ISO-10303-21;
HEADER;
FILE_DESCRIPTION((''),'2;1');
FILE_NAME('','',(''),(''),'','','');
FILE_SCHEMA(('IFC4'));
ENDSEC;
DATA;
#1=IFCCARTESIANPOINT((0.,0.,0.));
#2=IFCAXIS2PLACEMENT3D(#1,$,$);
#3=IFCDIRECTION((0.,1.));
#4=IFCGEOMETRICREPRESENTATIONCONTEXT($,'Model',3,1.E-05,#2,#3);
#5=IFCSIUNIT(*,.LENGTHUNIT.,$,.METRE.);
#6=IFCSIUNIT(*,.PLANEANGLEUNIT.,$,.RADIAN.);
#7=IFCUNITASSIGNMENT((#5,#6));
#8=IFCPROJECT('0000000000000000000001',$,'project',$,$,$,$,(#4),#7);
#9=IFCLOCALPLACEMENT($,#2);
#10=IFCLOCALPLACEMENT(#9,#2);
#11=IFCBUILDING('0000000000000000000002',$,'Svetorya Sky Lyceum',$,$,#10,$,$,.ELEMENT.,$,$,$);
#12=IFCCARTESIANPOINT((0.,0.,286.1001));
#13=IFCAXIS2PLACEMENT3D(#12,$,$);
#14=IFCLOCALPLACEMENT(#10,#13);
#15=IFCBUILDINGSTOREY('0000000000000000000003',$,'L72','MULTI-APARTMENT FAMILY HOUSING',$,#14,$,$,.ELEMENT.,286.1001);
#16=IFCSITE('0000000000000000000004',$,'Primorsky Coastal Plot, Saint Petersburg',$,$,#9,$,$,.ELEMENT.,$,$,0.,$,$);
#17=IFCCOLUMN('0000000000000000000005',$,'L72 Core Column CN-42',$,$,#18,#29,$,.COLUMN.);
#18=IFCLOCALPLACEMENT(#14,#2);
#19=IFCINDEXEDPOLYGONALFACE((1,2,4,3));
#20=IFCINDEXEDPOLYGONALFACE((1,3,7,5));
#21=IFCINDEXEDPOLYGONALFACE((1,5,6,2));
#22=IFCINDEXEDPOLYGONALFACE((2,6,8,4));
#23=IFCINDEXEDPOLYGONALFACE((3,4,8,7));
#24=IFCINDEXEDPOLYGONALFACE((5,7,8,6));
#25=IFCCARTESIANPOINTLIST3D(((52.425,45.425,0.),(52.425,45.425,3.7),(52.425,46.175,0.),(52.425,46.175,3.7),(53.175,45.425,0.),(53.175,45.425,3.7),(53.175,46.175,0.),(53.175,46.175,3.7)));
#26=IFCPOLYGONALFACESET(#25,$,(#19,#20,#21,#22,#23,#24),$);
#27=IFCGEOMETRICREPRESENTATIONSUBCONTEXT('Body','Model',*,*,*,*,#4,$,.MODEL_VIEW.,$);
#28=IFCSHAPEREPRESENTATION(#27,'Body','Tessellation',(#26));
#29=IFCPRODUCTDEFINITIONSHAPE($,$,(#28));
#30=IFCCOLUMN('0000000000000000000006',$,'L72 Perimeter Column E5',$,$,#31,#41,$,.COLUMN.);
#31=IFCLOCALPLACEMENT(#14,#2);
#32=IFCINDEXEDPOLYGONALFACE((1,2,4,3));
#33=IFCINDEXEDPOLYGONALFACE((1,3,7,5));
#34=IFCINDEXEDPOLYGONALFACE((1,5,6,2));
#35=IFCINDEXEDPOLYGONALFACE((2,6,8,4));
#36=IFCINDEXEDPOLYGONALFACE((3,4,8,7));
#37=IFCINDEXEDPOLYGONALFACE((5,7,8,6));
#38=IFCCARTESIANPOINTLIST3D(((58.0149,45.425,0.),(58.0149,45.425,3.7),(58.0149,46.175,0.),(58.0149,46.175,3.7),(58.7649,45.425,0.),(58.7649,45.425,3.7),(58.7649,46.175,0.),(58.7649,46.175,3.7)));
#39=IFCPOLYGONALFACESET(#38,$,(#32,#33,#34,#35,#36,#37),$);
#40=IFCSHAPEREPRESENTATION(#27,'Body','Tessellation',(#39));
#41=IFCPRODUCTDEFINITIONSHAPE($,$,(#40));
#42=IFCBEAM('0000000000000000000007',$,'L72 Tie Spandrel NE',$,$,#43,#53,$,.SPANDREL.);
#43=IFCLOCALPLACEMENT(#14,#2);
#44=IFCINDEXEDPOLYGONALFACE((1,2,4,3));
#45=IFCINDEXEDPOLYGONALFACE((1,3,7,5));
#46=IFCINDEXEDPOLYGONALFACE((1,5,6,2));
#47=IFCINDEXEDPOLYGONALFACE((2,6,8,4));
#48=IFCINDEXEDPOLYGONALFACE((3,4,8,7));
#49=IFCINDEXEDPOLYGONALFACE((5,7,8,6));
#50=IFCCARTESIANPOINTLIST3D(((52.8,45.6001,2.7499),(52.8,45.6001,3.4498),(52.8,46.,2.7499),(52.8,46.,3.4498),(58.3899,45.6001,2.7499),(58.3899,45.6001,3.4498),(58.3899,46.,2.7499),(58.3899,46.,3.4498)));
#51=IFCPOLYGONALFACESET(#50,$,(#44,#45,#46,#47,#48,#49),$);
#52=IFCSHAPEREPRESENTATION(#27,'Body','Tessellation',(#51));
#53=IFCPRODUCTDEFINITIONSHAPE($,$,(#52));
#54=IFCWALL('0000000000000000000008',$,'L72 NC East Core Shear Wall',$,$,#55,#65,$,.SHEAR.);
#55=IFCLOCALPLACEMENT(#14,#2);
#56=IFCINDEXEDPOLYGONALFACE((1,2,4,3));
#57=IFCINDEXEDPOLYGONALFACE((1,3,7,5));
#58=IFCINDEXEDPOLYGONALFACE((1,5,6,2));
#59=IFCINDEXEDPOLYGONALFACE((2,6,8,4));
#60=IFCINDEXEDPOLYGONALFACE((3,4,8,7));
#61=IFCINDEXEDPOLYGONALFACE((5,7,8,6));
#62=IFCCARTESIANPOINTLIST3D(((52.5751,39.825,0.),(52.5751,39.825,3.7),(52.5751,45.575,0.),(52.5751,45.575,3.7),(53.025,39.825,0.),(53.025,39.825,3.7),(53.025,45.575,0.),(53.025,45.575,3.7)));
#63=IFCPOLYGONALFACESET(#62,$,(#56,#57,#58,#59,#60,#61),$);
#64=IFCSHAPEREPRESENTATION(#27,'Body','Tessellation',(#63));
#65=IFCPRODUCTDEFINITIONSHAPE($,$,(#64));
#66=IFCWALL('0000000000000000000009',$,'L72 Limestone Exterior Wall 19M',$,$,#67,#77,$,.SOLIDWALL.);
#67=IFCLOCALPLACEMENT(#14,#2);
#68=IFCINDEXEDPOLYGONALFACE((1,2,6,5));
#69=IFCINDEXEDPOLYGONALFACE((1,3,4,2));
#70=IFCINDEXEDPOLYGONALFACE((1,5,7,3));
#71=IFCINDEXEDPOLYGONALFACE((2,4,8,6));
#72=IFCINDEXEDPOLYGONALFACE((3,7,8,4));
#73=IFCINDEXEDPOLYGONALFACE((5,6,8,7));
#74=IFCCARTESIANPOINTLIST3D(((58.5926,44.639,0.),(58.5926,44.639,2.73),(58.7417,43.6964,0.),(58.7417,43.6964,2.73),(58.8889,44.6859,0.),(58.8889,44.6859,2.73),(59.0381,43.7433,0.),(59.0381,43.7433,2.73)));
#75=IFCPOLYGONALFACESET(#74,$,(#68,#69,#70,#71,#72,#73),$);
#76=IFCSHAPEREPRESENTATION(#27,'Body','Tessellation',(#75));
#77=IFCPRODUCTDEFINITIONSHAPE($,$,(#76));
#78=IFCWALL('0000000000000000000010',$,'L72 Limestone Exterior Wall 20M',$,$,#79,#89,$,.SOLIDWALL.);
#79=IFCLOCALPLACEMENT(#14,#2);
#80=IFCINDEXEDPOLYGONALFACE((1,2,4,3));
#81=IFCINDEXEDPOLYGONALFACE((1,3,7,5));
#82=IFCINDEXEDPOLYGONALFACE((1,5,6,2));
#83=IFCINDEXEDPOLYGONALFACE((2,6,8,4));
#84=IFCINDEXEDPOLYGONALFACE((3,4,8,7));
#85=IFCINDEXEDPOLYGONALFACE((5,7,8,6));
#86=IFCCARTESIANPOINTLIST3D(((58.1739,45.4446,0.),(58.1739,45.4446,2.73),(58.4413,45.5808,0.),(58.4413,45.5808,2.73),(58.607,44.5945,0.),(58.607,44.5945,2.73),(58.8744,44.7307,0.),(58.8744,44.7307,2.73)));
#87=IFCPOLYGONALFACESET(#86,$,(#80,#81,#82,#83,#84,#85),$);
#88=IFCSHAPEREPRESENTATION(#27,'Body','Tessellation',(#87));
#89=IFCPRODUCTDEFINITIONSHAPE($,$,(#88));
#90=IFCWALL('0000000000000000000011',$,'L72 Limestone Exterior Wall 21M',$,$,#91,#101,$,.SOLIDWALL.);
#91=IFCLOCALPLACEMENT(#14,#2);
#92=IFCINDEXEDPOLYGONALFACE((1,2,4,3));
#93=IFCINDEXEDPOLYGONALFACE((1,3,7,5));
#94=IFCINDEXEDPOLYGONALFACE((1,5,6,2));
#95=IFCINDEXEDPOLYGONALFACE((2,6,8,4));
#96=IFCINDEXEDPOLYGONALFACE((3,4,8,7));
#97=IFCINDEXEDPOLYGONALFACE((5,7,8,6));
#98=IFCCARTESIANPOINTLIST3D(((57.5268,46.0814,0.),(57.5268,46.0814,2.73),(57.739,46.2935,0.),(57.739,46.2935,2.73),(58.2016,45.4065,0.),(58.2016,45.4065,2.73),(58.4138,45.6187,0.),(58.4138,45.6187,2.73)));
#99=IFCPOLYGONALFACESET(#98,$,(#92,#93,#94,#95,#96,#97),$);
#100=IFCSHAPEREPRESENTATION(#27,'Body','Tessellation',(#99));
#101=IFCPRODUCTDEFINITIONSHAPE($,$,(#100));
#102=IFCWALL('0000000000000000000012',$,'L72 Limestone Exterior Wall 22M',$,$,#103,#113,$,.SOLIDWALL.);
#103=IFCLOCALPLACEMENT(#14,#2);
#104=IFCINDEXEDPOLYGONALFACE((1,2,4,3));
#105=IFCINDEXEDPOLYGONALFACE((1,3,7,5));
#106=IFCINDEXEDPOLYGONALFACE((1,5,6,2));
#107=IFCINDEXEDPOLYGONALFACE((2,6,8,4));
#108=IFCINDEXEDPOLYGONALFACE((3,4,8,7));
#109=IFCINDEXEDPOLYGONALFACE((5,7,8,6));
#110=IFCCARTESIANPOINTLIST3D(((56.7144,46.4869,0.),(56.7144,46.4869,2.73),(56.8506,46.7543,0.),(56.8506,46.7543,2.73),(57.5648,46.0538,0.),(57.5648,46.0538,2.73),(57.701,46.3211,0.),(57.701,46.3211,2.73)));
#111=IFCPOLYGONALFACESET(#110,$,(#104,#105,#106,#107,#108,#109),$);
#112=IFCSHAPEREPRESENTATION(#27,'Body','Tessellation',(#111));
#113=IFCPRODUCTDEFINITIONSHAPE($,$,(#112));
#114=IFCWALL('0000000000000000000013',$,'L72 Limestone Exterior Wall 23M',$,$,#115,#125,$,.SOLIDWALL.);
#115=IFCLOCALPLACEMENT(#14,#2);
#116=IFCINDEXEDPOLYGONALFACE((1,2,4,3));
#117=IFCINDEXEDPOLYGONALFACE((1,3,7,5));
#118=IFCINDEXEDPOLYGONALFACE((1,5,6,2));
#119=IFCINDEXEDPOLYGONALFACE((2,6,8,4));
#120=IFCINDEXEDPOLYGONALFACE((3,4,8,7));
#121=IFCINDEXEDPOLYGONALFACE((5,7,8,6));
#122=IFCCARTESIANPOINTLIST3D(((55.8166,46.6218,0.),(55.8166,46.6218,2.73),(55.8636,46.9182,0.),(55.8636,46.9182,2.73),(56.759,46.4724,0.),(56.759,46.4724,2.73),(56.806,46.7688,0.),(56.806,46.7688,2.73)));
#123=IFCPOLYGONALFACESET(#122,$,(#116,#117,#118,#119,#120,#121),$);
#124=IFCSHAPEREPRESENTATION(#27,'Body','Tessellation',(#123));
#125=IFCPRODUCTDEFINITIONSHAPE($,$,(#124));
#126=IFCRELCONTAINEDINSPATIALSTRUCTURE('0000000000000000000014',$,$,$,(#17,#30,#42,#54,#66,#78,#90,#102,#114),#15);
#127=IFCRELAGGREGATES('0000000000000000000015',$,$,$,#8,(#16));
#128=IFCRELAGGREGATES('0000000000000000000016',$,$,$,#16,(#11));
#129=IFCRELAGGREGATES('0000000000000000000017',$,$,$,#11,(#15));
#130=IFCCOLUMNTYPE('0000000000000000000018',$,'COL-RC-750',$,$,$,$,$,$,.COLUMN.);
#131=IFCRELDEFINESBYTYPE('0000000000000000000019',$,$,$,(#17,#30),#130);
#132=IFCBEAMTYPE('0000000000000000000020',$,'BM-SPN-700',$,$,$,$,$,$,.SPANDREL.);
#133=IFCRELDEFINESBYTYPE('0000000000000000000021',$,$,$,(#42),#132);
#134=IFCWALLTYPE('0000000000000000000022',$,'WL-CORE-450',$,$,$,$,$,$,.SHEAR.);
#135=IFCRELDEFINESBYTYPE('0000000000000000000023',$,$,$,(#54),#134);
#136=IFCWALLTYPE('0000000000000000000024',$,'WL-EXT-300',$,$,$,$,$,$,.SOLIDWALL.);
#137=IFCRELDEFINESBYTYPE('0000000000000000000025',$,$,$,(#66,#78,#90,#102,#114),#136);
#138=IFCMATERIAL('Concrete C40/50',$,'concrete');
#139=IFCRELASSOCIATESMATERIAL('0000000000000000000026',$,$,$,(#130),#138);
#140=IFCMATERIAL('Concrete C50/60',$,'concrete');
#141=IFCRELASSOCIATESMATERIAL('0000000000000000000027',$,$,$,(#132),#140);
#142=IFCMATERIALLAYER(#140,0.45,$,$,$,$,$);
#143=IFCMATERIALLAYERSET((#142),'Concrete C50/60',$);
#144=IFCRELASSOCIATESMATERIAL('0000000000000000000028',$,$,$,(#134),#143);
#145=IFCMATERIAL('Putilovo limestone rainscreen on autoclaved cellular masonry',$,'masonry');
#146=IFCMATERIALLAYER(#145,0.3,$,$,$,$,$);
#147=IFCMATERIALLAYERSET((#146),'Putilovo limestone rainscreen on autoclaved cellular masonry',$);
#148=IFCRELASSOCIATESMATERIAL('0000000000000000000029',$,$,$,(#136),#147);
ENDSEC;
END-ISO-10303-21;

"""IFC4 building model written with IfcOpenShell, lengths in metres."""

from ifc_helpers import new_model, si_unit, direction, frame, frame_2d, origin, origin_2d, place, context, subcontext, project, spatial, rectangle, extrude, material, layer, layer_set, material_profile, profile_set, type_object, element, save


model = new_model("IFC4")

# Units and contexts
model_context = context("Model", 3, precision=1e-05, world=origin(), true_north=direction((0.0, 1.0)))
body_context = subcontext(model_context, "Body", "Model", "MODEL_VIEW")
ifc_project = project(units=[si_unit("LENGTHUNIT", "METRE"), si_unit("PLANEANGLEUNIT", "RADIAN")], contexts=[model_context])

# Site, building, storey
site_placement = place(None, origin())
site = spatial("IfcSite", under=ifc_project, at=site_placement, Name="Primorsky Coastal Plot, Saint Petersburg", CompositionType="ELEMENT", RefElevation=0.0)
building_placement = place(site_placement, origin())
building = spatial("IfcBuilding", under=site, at=building_placement, Name="Svetorya Sky Lyceum", CompositionType="ELEMENT")
storey_placement = place(building_placement, frame((0.0, 0.0, 286.1001)))
storey = spatial("IfcBuildingStorey", under=building, at=storey_placement, Name="L72", Description="MULTI-APARTMENT FAMILY HOUSING", CompositionType="ELEMENT", Elevation=286.1001)

# Columns
ifc_material_1 = material(Name="Concrete C40/50", Category="concrete")
ifc_material_profile_1 = material_profile(ifc_material_1, rectangle(XDim=0.75, YDim=0.75, at=origin_2d()), Name="RC COL 750x750")
ifc_profile_set_1 = profile_set([ifc_material_profile_1], Name="Concrete C40/50")
column_type = type_object("IfcColumnType", Name="COL-RC-750", PredefinedType="COLUMN", material=ifc_profile_set_1)
for number, where, z_axis, x_axis, name in (
    (1, (52.8, 45.8, 0.0), (0.0, 0.0, 1.0), (1.0, 0.0, 0.0), "L72 Core Column CN-42"),
    (2, (58.3899, 45.8, 0.0), (0.0, 0.0, 1.0), (1.0, 0.0, 0.0), "L72 Perimeter Column E5"),
):
    element("IfcColumn", number, at=place(storey_placement, frame(where, z_axis=z_axis, x_axis=x_axis)), inside=storey, type_object=column_type, Name=name, PredefinedType="COLUMN", context=body_context, shape_type="SweptSolid", body=[
        extrude(rectangle(XDim=0.75, YDim=0.75, at=origin_2d()), origin(), (0.0, 0.0, 1.0), 3.7),
    ])

# Beam
ifc_material_2 = material(Name="Concrete C50/60", Category="concrete")
ifc_material_profile_2 = material_profile(ifc_material_2, rectangle(XDim=0.3999, YDim=0.7, at=origin_2d()), Name="RC SPANDREL 400x700")
ifc_profile_set_2 = profile_set([ifc_material_profile_2], Name="Concrete C50/60")
beam_type = type_object("IfcBeamType", Name="BM-SPN-700", PredefinedType="SPANDREL", material=ifc_profile_set_2)
beam_placement = place(storey_placement, frame((52.8, 45.8, 3.0999), z_axis=(1.0, 0.0, 0.0), x_axis=(0.0, 1.0, 0.0)))
element("IfcBeam", 3, at=beam_placement, inside=storey, type_object=beam_type, Name="L72 Tie Spandrel NE", PredefinedType="SPANDREL", context=body_context, shape_type="SweptSolid", body=[
    extrude(rectangle(XDim=0.3999, YDim=0.7, at=origin_2d()), origin(), (0.0, 0.0, 1.0), 5.5898),
])

# Walls
ifc_layer_1 = layer(ifc_material_2, 0.45)
ifc_layer_set_1 = layer_set([ifc_layer_1], Name="Concrete C50/60")
wall_type_1 = type_object("IfcWallType", Name="WL-CORE-450", PredefinedType="SHEAR", material=ifc_layer_set_1)
wall_1_placement = place(storey_placement, frame((52.8, 39.825, 0.0), z_axis=(0.0, 0.0, 1.0), x_axis=(0.0, 1.0, 0.0)))
element("IfcWall", 4, at=wall_1_placement, inside=storey, type_object=wall_type_1, Name="L72 NC East Core Shear Wall", PredefinedType="SHEAR", context=body_context, shape_type="SweptSolid", body=[
    extrude(rectangle(XDim=5.75, YDim=0.45, at=frame_2d((2.875, 0.0))), origin(), (0.0, 0.0, 1.0), 3.7),
])
ifc_material_3 = material(Name="Putilovo limestone rainscreen on autoclaved cellular masonry", Category="masonry")
ifc_layer_2 = layer(ifc_material_3, 0.3)
ifc_layer_set_2 = layer_set([ifc_layer_2], Name="Putilovo limestone rainscreen on autoclaved cellular masonry")
wall_type_2 = type_object("IfcWallType", Name="WL-EXT-300", PredefinedType="SOLIDWALL", material=ifc_layer_set_2)
wall_2_placement = place(storey_placement, frame((58.8899, 43.72, 0.0), z_axis=(0.0, 0.0, 1.0), x_axis=(-0.156304, 0.987709, 0.0)))
element("IfcWall", 5, at=wall_2_placement, inside=storey, type_object=wall_type_2, Name="L72 Limestone Exterior Wall 19M", PredefinedType="SOLIDWALL", context=body_context, shape_type="SweptSolid", body=[
    extrude(rectangle(XDim=0.9543, YDim=0.3, at=frame_2d((0.4771, 0.0))), origin(), (0.0, 0.0, 1.0), 2.73),
])
wall_3_placement = place(storey_placement, frame((58.7407, 44.6626, 0.0), z_axis=(0.0, 0.0, 1.0), x_axis=(-0.453956, 0.891024, 0.0)))
element("IfcWall", 6, at=wall_3_placement, inside=storey, type_object=wall_type_2, Name="L72 Limestone Exterior Wall 20M", PredefinedType="SOLIDWALL", context=body_context, shape_type="SweptSolid", body=[
    extrude(rectangle(XDim=0.9541, YDim=0.3, at=frame_2d((0.4771, 0.0))), origin(), (0.0, 0.0, 1.0), 2.73),
])
for number, where, z_axis, x_axis, name in (
    (7, (58.3076, 45.5127, 0.0), (0.0, 0.0, 1.0), (-0.707107, 0.707107, 0.0), "L72 Limestone Exterior Wall 21M"),
    (8, (57.6328, 46.1875, 0.0), (0.0, 0.0, 1.0), (-0.891077, 0.453853, 0.0), "L72 Limestone Exterior Wall 22M"),
):
    element("IfcWall", number, at=place(storey_placement, frame(where, z_axis=z_axis, x_axis=x_axis)), inside=storey, type_object=wall_type_2, Name=name, PredefinedType="SOLIDWALL", context=body_context, shape_type="SweptSolid", body=[
        extrude(rectangle(XDim=0.9543, YDim=0.3, at=frame_2d((0.4771, 0.0))), origin(), (0.0, 0.0, 1.0), 2.73),
    ])
wall_4_placement = place(storey_placement, frame((56.7825, 46.6206, 0.0), z_axis=(0.0, 0.0, 1.0), x_axis=(-0.987663, 0.156593, 0.0)))
element("IfcWall", 9, at=wall_4_placement, inside=storey, type_object=wall_type_2, Name="L72 Limestone Exterior Wall 23M", PredefinedType="SOLIDWALL", context=body_context, shape_type="SweptSolid", body=[
    extrude(rectangle(XDim=0.9541, YDim=0.3, at=frame_2d((0.4771, 0.0))), origin(), (0.0, 0.0, 1.0), 2.73),
])

save(model, "model.ifc")
